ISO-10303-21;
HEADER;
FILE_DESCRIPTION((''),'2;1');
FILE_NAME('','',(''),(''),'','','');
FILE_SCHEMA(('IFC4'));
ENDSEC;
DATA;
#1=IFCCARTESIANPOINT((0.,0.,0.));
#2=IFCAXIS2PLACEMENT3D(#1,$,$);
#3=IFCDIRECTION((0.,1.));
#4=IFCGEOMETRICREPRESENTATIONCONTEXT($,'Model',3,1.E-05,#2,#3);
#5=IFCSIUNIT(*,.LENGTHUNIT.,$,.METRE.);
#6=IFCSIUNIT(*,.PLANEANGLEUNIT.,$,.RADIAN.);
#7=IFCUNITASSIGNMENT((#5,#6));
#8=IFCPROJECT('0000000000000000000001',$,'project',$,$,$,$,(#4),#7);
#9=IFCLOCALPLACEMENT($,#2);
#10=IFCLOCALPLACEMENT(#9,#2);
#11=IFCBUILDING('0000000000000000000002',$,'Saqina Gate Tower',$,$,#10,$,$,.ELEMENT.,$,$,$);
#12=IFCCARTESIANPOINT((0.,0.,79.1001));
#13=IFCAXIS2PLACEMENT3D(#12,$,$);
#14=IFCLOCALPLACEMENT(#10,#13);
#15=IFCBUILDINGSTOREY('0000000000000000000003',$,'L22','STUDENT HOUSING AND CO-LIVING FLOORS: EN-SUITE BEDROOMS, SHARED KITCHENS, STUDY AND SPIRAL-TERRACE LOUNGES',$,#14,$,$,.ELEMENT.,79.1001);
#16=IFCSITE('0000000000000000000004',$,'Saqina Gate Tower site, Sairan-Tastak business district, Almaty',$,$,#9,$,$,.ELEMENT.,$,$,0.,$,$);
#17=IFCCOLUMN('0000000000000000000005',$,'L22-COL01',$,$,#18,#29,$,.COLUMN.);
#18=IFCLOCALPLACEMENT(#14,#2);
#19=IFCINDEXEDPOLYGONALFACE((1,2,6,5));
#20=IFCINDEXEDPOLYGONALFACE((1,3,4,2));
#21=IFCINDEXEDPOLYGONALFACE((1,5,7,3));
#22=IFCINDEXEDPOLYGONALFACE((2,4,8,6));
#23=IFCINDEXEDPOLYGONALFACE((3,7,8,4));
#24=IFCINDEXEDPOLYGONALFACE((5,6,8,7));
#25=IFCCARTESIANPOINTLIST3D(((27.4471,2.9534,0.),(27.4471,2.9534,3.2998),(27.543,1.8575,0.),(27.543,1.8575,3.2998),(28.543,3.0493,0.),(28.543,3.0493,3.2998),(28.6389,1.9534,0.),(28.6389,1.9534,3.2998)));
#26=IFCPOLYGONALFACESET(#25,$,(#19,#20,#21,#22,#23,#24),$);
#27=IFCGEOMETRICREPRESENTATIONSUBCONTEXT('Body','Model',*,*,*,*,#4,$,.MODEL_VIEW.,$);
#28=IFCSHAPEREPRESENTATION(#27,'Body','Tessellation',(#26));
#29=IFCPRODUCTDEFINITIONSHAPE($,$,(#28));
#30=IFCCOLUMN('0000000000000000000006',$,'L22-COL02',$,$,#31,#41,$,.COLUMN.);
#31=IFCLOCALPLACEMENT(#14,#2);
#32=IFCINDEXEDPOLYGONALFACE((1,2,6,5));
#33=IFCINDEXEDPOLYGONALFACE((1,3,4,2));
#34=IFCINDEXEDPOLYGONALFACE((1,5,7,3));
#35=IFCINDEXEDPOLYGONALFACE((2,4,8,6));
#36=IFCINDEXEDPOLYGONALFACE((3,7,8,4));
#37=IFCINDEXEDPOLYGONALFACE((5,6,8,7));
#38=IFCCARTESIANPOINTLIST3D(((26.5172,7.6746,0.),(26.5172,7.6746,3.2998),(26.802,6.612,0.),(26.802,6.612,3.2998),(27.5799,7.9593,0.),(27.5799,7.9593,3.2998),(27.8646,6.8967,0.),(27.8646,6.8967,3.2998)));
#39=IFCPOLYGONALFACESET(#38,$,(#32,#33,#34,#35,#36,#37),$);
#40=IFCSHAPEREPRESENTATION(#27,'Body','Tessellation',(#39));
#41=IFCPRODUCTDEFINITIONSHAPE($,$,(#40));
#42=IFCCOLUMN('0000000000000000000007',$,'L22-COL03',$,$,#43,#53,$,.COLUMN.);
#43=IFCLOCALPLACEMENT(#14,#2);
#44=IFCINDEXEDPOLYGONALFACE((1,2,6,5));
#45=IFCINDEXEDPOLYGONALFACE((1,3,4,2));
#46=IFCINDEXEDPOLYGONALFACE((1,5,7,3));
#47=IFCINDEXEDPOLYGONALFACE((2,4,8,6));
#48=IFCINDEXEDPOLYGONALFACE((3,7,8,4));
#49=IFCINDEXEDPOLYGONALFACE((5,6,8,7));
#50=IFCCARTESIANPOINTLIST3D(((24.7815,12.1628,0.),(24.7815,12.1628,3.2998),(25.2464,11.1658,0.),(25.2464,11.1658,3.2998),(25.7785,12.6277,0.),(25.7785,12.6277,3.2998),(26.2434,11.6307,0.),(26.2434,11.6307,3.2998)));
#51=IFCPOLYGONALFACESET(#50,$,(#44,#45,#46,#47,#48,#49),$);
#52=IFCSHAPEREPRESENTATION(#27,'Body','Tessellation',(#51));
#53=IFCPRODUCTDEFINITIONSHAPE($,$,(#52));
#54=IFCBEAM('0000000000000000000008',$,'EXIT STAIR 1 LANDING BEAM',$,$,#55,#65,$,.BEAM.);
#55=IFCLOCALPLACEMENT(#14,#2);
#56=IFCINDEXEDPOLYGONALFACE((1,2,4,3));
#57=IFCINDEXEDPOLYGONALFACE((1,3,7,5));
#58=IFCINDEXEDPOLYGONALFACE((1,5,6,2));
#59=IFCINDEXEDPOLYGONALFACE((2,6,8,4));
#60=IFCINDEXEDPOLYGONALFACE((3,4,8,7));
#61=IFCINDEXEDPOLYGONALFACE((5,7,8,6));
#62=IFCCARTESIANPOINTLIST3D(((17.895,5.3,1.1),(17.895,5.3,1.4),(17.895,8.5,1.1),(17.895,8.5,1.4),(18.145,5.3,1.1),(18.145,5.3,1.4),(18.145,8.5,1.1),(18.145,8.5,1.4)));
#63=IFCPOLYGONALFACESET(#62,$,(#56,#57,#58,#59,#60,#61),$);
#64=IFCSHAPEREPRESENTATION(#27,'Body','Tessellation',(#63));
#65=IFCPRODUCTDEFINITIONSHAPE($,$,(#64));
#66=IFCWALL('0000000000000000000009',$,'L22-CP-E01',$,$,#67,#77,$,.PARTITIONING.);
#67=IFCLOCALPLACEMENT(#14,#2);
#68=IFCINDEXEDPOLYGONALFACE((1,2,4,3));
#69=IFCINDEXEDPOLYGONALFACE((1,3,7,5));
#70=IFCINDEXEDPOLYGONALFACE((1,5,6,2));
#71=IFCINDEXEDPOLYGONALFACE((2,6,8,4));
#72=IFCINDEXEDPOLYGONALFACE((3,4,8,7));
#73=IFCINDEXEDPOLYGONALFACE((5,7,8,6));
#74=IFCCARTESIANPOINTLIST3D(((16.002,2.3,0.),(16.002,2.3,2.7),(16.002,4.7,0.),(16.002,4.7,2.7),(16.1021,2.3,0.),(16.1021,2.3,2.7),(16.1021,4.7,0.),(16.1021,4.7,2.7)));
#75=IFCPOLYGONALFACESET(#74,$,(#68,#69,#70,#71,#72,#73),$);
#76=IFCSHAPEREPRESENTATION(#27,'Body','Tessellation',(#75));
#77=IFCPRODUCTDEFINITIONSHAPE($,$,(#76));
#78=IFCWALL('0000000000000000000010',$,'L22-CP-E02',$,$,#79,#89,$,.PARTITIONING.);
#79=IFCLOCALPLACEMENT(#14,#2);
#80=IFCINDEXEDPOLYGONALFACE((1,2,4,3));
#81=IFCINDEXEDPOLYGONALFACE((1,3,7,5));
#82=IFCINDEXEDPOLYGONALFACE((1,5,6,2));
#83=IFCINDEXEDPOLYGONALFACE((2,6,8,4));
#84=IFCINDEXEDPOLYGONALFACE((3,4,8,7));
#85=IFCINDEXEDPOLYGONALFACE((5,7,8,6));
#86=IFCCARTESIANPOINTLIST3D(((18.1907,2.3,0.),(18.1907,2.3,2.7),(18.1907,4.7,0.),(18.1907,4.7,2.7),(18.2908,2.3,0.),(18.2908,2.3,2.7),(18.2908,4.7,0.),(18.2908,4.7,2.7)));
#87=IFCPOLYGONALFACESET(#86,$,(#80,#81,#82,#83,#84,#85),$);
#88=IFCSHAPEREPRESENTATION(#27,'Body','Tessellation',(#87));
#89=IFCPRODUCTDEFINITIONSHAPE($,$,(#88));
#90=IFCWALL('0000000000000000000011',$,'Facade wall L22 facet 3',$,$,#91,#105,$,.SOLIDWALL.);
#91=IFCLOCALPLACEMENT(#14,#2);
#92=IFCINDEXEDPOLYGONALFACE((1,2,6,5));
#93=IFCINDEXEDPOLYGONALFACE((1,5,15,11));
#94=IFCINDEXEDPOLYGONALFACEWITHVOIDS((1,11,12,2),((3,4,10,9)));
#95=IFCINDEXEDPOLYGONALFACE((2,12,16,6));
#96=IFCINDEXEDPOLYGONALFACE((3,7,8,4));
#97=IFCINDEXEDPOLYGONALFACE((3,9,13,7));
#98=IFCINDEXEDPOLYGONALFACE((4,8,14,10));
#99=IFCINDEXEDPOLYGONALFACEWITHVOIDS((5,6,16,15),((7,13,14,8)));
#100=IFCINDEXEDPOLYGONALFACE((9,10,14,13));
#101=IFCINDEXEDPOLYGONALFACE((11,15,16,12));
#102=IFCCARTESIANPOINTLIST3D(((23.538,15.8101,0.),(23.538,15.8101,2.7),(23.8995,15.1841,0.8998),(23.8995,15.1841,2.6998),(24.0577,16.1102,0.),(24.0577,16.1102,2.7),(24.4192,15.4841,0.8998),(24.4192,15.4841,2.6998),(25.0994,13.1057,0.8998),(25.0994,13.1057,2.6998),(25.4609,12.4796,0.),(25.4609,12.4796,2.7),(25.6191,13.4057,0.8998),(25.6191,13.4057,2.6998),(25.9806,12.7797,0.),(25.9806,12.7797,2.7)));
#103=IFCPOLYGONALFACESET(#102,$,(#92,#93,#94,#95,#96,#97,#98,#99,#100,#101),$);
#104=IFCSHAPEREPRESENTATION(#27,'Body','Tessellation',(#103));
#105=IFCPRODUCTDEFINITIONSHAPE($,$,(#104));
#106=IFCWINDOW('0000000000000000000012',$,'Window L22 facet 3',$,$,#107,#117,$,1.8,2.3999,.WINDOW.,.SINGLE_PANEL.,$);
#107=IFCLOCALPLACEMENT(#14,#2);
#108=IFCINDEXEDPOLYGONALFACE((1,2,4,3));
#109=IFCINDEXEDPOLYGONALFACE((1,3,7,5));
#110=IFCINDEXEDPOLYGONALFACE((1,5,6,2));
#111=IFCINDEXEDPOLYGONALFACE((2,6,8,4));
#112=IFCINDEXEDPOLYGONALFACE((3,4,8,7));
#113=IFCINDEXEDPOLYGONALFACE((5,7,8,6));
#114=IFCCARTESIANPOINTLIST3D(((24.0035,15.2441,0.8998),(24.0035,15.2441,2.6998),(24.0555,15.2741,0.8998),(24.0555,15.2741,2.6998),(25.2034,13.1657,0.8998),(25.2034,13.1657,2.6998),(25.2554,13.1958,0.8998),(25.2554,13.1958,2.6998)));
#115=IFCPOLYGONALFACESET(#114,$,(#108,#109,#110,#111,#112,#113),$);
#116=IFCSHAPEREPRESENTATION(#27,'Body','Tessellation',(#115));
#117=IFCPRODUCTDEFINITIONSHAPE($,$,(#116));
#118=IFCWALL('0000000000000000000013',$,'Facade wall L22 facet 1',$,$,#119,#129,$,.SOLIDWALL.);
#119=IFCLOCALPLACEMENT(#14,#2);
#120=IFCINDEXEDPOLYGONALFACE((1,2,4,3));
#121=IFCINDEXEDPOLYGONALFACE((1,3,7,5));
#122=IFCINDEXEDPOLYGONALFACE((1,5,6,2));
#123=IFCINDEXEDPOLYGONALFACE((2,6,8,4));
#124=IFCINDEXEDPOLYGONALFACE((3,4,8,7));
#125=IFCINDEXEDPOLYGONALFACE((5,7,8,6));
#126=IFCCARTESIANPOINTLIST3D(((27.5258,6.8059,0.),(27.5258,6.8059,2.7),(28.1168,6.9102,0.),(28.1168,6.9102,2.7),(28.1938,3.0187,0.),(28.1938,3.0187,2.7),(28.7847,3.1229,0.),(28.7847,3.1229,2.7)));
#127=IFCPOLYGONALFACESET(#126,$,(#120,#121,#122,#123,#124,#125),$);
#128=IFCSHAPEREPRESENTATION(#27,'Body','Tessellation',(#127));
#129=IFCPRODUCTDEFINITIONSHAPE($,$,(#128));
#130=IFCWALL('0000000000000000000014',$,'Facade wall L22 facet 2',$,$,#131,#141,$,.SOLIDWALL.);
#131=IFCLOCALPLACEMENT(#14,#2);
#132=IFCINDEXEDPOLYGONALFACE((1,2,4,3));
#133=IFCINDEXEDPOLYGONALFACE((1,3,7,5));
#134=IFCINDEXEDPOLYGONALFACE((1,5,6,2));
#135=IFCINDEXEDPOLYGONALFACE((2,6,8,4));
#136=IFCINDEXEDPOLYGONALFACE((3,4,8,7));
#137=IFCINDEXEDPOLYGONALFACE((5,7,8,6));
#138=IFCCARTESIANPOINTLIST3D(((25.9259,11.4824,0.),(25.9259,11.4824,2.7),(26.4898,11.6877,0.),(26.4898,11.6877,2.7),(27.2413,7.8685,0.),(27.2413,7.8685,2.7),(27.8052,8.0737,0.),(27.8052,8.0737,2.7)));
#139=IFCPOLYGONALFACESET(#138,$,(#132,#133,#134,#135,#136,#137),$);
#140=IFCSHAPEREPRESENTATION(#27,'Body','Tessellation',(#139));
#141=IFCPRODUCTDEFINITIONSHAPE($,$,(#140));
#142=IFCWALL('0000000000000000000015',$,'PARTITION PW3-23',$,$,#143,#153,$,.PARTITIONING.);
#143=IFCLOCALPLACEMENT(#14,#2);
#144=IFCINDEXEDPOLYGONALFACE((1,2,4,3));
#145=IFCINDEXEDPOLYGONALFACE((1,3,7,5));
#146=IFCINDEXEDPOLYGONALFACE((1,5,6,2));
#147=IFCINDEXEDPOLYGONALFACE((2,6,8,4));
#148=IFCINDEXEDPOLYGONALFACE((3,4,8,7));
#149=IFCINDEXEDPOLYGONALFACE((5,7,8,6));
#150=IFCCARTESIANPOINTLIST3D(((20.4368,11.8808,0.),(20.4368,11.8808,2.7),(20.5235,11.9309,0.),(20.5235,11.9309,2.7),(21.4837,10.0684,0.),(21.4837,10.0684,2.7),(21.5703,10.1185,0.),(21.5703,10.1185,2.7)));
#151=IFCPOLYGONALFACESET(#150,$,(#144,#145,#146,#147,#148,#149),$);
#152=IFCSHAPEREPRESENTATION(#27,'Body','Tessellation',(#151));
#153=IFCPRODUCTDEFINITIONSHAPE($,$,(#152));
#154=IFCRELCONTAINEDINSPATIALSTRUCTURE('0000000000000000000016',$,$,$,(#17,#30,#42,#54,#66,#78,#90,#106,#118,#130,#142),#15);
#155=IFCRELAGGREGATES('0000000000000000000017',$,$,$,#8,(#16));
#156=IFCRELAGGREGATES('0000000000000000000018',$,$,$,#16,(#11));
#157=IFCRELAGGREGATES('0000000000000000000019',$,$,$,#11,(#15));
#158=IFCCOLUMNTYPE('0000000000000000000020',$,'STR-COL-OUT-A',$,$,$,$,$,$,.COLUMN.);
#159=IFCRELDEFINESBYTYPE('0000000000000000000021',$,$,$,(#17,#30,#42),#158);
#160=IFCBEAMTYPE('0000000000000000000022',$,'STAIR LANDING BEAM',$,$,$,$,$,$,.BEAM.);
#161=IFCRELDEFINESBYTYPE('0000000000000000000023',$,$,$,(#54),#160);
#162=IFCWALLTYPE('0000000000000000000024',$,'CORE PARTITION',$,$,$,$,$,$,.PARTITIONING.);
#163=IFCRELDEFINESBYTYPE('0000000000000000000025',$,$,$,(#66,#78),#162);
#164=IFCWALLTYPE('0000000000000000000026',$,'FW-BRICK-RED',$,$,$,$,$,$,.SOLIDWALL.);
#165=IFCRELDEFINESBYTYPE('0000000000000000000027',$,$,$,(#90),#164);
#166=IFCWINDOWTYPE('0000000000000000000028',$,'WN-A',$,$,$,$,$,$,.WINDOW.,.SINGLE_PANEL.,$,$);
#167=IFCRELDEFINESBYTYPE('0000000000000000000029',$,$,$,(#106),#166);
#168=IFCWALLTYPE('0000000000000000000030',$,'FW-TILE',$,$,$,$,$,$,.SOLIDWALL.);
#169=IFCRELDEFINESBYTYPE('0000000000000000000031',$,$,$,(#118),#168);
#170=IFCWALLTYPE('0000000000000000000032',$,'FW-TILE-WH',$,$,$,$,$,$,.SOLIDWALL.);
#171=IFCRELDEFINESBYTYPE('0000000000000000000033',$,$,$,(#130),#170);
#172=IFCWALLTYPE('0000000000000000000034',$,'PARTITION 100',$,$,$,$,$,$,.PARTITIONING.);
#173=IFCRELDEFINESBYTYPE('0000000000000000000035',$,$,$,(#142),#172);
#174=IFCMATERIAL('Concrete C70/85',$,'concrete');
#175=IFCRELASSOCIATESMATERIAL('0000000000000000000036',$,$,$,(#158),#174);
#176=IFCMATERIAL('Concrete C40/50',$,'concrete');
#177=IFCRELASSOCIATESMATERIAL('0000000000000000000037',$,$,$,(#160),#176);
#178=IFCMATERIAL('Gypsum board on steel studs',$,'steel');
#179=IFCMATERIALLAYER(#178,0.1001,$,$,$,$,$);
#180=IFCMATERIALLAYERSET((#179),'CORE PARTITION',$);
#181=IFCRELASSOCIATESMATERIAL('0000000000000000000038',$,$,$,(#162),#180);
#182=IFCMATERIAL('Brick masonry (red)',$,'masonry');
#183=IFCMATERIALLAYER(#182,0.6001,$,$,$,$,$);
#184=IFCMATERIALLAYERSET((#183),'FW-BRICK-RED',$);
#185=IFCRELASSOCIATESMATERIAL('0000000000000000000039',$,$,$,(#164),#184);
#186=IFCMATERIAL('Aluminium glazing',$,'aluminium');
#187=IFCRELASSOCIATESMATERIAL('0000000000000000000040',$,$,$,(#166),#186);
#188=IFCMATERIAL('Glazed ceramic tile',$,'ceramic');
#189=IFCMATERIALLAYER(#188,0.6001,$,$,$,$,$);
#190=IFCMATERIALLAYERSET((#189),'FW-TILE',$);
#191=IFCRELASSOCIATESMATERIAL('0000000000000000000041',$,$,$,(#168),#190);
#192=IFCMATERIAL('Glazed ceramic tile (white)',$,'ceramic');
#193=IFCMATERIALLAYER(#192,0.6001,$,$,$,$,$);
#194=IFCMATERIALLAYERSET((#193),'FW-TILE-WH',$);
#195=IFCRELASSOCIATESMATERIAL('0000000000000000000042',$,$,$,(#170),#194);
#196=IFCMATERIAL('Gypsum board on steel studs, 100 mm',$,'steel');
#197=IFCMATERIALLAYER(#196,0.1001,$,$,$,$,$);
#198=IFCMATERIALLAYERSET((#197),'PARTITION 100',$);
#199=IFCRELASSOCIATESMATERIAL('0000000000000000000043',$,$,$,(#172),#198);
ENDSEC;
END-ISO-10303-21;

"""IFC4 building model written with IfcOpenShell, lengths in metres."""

from ifc_helpers import new_model, si_unit, direction, frame, frame_2d, origin, origin_2d, place, context, subcontext, project, spatial, rectangle, extrude, material, layer, layer_set, material_profile, profile_set, type_object, element, fill, save


model = new_model("IFC4")

# Units and contexts
model_context = context("Model", 3, precision=1e-05, world=origin(), true_north=direction((0.0, 1.0)))
body_context = subcontext(model_context, "Body", "Model", "MODEL_VIEW")
ifc_project = project(units=[si_unit("LENGTHUNIT", "METRE"), si_unit("PLANEANGLEUNIT", "RADIAN")], contexts=[model_context])

# Site, building, storey
site_placement = place(None, origin())
site = spatial("IfcSite", under=ifc_project, at=site_placement, Name="Saqina Gate Tower site, Sairan-Tastak business district, Almaty", CompositionType="ELEMENT", RefElevation=0.0)
building_placement = place(site_placement, origin())
building = spatial("IfcBuilding", under=site, at=building_placement, Name="Saqina Gate Tower", CompositionType="ELEMENT")
storey_placement = place(building_placement, frame((0.0, 0.0, 79.1001)))
storey = spatial("IfcBuildingStorey", under=building, at=storey_placement, Name="L22", Description="STUDENT HOUSING AND CO-LIVING FLOORS: EN-SUITE BEDROOMS, SHARED KITCHENS, STUDY AND SPIRAL-TERRACE LOUNGES", CompositionType="ELEMENT", Elevation=79.1001)

# Columns
ifc_material_1 = material(Name="Concrete C70/85", Category="concrete")
ifc_material_profile_1 = material_profile(ifc_material_1, rectangle(XDim=1.1001, YDim=1.1001, at=origin_2d()), Name="RC 1100x1100")
ifc_profile_set_1 = profile_set([ifc_material_profile_1], Name="Concrete C70/85")
column_type = type_object("IfcColumnType", Name="STR-COL-OUT-A", PredefinedType="COLUMN", material=ifc_profile_set_1)
for number, where, z_axis, x_axis, name in (
    (1, (28.043, 2.4534, 0.0), (0.0, 0.0, 1.0), (0.996195, 0.087156, 0.0), "L22-COL01"),
    (2, (27.1909, 7.2856, 0.0), (0.0, 0.0, 1.0), (0.965926, 0.258819, 0.0), "L22-COL02"),
    (3, (25.5125, 11.8967, 0.0), (0.0, 0.0, 1.0), (0.906308, 0.422618, 0.0), "L22-COL03"),
):
    element("IfcColumn", number, at=place(storey_placement, frame(where, z_axis=z_axis, x_axis=x_axis)), inside=storey, type_object=column_type, Name=name, PredefinedType="COLUMN", context=body_context, shape_type="SweptSolid", body=[
        extrude(rectangle(XDim=1.1001, YDim=1.1001, at=origin_2d()), origin(), (0.0, 0.0, 1.0), 3.2998),
    ])

# Beam
ifc_material_2 = material(Name="Concrete C40/50", Category="concrete")
ifc_material_profile_2 = material_profile(ifc_material_2, rectangle(XDim=0.25, YDim=0.3, at=origin_2d()), Name="STAIR LANDING BEAM")
ifc_profile_set_2 = profile_set([ifc_material_profile_2], Name="Concrete C40/50")
beam_type = type_object("IfcBeamType", Name="STAIR LANDING BEAM", PredefinedType="BEAM", material=ifc_profile_set_2)
beam_placement = place(storey_placement, frame((18.02, 5.3, 1.25), z_axis=(0.0, 1.0, 0.0), x_axis=(-1.0, 0.0, 0.0)))
element("IfcBeam", 4, at=beam_placement, inside=storey, type_object=beam_type, Name="EXIT STAIR 1 LANDING BEAM", PredefinedType="BEAM", context=body_context, shape_type="SweptSolid", body=[
    extrude(rectangle(XDim=0.25, YDim=0.3, at=origin_2d()), origin(), (0.0, 0.0, 1.0), 3.2),
])

# Walls
ifc_material_3 = material(Name="Gypsum board on steel studs", Category="steel")
ifc_layer_1 = layer(ifc_material_3, 0.1001)
ifc_layer_set_1 = layer_set([ifc_layer_1], Name="CORE PARTITION")
wall_type_1 = type_object("IfcWallType", Name="CORE PARTITION", PredefinedType="PARTITIONING", material=ifc_layer_set_1)
for number, where, z_axis, x_axis, name in (
    (5, (16.052, 2.3, 0.0), (0.0, 0.0, 1.0), (0.0, 1.0, 0.0), "L22-CP-E01"),
    (6, (18.2407, 2.3, 0.0), (0.0, 0.0, 1.0), (0.0, 1.0, 0.0), "L22-CP-E02"),
):
    element("IfcWall", number, at=place(storey_placement, frame(where, z_axis=z_axis, x_axis=x_axis)), inside=storey, type_object=wall_type_1, Name=name, PredefinedType="PARTITIONING", context=body_context, shape_type="SweptSolid", body=[
        extrude(rectangle(XDim=2.3999, YDim=0.1001, at=frame_2d((1.2, 0.0))), origin(), (0.0, 0.0, 1.0), 2.7),
    ])

# Wall, opening, window
ifc_material_4 = material(Name="Brick masonry (red)", Category="masonry")
ifc_layer_2 = layer(ifc_material_4, 0.6001)
ifc_layer_set_2 = layer_set([ifc_layer_2], Name="FW-BRICK-RED")
wall_type_2 = type_object("IfcWallType", Name="FW-BRICK-RED", PredefinedType="SOLIDWALL", material=ifc_layer_set_2)
wall_1_placement = place(storey_placement, frame((25.7207, 12.6296, 0.0), z_axis=(0.0, 0.0, 1.0), x_axis=(-0.49999, 0.866031, 0.0)))
wall_1 = element("IfcWall", 7, at=wall_1_placement, inside=storey, type_object=wall_type_2, Name="Facade wall L22 facet 3", PredefinedType="SOLIDWALL", context=body_context, shape_type="SweptSolid", body=[
    extrude(rectangle(XDim=3.8457, YDim=0.6001, at=frame_2d((1.9229, 0.0))), origin(), (0.0, 0.0, 1.0), 2.7),
])
opening_1_placement = place(wall_1_placement, frame((0.7229, 0.0, 0.8999)))
opening_1 = element("IfcOpeningElement", 8, at=opening_1_placement, cuts=wall_1, PredefinedType="OPENING", context=body_context, shape_type="SweptSolid", body=[
    extrude(rectangle(XDim=2.3999, YDim=1.8, at=frame_2d((1.2, 0.8999))), frame((0.0, 0.312, 0.0), z_axis=(0.0, -1.0, 0.0), x_axis=(1.0, 0.0, 0.0)), (0.0, 0.0, 1.0), 0.624),
])
ifc_material_5 = material(Name="Aluminium glazing", Category="aluminium")
window_type = type_object("IfcWindowType", Name="WN-A", PartitioningType="SINGLE_PANEL", PredefinedType="WINDOW", material=ifc_material_5)
window_placement = place(opening_1_placement, origin())
window = element("IfcWindow", 9, at=window_placement, inside=storey, type_object=window_type, Name="Window L22 facet 3", OverallHeight=1.8, OverallWidth=2.3999, PartitioningType="SINGLE_PANEL", PredefinedType="WINDOW", context=body_context, shape_type="SweptSolid", body=[
    extrude(rectangle(XDim=2.3999, YDim=1.8, at=frame_2d((1.2, 0.8999))), frame((0.0, 0.1799, 0.0), z_axis=(0.0, -1.0, 0.0), x_axis=(1.0, 0.0, 0.0)), (0.0, 0.0, 1.0), 0.0601),
])
fill(opening_1, window)

# Walls
ifc_material_6 = material(Name="Glazed ceramic tile", Category="ceramic")
ifc_layer_3 = layer(ifc_material_6, 0.6001)
ifc_layer_set_3 = layer_set([ifc_layer_3], Name="FW-TILE")
wall_type_3 = type_object("IfcWallType", Name="FW-TILE", PredefinedType="SOLIDWALL", material=ifc_layer_set_3)
wall_2_placement = place(storey_placement, frame((28.4893, 3.0708, 0.0), z_axis=(0.0, 0.0, 1.0), x_axis=(-0.173688, 0.984801, 0.0)))
element("IfcWall", 10, at=wall_2_placement, inside=storey, type_object=wall_type_3, Name="Facade wall L22 facet 1", PredefinedType="SOLIDWALL", context=body_context, shape_type="SweptSolid", body=[
    extrude(rectangle(XDim=3.8457, YDim=0.6001, at=frame_2d((1.9229, 0.0))), origin(), (0.0, 0.0, 1.0), 2.7),
])
ifc_material_7 = material(Name="Glazed ceramic tile (white)", Category="ceramic")
ifc_layer_4 = layer(ifc_material_7, 0.6001)
ifc_layer_set_4 = layer_set([ifc_layer_4], Name="FW-TILE-WH")
wall_type_4 = type_object("IfcWallType", Name="FW-TILE-WH", PredefinedType="SOLIDWALL", material=ifc_layer_set_4)
wall_3_placement = place(storey_placement, frame((27.5232, 7.9712, 0.0), z_axis=(0.0, 0.0, 1.0), x_axis=(-0.342028, 0.93969, 0.0)))
element("IfcWall", 11, at=wall_3_placement, inside=storey, type_object=wall_type_4, Name="Facade wall L22 facet 2", PredefinedType="SOLIDWALL", context=body_context, shape_type="SweptSolid", body=[
    extrude(rectangle(XDim=3.8459, YDim=0.6001, at=frame_2d((1.9229, 0.0))), origin(), (0.0, 0.0, 1.0), 2.7),
])
ifc_material_8 = material(Name="Gypsum board on steel studs, 100 mm", Category="steel")
ifc_layer_5 = layer(ifc_material_8, 0.1001)
ifc_layer_set_5 = layer_set([ifc_layer_5], Name="PARTITION 100")
wall_type_5 = type_object("IfcWallType", Name="PARTITION 100", PredefinedType="PARTITIONING", material=ifc_layer_set_5)
wall_4_placement = place(storey_placement, frame((20.4802, 11.9058, 0.0), z_axis=(0.0, 0.0, 1.0), x_axis=(0.500153, -0.865937, 0.0)))
element("IfcWall", 12, at=wall_4_placement, inside=storey, type_object=wall_type_5, Name="PARTITION PW3-23", PredefinedType="PARTITIONING", context=body_context, shape_type="SweptSolid", body=[
    extrude(rectangle(XDim=2.093, YDim=0.1001, at=frame_2d((1.0464, 0.0))), origin(), (0.0, 0.0, 1.0), 2.7),
])

save(model, "model.ifc")
